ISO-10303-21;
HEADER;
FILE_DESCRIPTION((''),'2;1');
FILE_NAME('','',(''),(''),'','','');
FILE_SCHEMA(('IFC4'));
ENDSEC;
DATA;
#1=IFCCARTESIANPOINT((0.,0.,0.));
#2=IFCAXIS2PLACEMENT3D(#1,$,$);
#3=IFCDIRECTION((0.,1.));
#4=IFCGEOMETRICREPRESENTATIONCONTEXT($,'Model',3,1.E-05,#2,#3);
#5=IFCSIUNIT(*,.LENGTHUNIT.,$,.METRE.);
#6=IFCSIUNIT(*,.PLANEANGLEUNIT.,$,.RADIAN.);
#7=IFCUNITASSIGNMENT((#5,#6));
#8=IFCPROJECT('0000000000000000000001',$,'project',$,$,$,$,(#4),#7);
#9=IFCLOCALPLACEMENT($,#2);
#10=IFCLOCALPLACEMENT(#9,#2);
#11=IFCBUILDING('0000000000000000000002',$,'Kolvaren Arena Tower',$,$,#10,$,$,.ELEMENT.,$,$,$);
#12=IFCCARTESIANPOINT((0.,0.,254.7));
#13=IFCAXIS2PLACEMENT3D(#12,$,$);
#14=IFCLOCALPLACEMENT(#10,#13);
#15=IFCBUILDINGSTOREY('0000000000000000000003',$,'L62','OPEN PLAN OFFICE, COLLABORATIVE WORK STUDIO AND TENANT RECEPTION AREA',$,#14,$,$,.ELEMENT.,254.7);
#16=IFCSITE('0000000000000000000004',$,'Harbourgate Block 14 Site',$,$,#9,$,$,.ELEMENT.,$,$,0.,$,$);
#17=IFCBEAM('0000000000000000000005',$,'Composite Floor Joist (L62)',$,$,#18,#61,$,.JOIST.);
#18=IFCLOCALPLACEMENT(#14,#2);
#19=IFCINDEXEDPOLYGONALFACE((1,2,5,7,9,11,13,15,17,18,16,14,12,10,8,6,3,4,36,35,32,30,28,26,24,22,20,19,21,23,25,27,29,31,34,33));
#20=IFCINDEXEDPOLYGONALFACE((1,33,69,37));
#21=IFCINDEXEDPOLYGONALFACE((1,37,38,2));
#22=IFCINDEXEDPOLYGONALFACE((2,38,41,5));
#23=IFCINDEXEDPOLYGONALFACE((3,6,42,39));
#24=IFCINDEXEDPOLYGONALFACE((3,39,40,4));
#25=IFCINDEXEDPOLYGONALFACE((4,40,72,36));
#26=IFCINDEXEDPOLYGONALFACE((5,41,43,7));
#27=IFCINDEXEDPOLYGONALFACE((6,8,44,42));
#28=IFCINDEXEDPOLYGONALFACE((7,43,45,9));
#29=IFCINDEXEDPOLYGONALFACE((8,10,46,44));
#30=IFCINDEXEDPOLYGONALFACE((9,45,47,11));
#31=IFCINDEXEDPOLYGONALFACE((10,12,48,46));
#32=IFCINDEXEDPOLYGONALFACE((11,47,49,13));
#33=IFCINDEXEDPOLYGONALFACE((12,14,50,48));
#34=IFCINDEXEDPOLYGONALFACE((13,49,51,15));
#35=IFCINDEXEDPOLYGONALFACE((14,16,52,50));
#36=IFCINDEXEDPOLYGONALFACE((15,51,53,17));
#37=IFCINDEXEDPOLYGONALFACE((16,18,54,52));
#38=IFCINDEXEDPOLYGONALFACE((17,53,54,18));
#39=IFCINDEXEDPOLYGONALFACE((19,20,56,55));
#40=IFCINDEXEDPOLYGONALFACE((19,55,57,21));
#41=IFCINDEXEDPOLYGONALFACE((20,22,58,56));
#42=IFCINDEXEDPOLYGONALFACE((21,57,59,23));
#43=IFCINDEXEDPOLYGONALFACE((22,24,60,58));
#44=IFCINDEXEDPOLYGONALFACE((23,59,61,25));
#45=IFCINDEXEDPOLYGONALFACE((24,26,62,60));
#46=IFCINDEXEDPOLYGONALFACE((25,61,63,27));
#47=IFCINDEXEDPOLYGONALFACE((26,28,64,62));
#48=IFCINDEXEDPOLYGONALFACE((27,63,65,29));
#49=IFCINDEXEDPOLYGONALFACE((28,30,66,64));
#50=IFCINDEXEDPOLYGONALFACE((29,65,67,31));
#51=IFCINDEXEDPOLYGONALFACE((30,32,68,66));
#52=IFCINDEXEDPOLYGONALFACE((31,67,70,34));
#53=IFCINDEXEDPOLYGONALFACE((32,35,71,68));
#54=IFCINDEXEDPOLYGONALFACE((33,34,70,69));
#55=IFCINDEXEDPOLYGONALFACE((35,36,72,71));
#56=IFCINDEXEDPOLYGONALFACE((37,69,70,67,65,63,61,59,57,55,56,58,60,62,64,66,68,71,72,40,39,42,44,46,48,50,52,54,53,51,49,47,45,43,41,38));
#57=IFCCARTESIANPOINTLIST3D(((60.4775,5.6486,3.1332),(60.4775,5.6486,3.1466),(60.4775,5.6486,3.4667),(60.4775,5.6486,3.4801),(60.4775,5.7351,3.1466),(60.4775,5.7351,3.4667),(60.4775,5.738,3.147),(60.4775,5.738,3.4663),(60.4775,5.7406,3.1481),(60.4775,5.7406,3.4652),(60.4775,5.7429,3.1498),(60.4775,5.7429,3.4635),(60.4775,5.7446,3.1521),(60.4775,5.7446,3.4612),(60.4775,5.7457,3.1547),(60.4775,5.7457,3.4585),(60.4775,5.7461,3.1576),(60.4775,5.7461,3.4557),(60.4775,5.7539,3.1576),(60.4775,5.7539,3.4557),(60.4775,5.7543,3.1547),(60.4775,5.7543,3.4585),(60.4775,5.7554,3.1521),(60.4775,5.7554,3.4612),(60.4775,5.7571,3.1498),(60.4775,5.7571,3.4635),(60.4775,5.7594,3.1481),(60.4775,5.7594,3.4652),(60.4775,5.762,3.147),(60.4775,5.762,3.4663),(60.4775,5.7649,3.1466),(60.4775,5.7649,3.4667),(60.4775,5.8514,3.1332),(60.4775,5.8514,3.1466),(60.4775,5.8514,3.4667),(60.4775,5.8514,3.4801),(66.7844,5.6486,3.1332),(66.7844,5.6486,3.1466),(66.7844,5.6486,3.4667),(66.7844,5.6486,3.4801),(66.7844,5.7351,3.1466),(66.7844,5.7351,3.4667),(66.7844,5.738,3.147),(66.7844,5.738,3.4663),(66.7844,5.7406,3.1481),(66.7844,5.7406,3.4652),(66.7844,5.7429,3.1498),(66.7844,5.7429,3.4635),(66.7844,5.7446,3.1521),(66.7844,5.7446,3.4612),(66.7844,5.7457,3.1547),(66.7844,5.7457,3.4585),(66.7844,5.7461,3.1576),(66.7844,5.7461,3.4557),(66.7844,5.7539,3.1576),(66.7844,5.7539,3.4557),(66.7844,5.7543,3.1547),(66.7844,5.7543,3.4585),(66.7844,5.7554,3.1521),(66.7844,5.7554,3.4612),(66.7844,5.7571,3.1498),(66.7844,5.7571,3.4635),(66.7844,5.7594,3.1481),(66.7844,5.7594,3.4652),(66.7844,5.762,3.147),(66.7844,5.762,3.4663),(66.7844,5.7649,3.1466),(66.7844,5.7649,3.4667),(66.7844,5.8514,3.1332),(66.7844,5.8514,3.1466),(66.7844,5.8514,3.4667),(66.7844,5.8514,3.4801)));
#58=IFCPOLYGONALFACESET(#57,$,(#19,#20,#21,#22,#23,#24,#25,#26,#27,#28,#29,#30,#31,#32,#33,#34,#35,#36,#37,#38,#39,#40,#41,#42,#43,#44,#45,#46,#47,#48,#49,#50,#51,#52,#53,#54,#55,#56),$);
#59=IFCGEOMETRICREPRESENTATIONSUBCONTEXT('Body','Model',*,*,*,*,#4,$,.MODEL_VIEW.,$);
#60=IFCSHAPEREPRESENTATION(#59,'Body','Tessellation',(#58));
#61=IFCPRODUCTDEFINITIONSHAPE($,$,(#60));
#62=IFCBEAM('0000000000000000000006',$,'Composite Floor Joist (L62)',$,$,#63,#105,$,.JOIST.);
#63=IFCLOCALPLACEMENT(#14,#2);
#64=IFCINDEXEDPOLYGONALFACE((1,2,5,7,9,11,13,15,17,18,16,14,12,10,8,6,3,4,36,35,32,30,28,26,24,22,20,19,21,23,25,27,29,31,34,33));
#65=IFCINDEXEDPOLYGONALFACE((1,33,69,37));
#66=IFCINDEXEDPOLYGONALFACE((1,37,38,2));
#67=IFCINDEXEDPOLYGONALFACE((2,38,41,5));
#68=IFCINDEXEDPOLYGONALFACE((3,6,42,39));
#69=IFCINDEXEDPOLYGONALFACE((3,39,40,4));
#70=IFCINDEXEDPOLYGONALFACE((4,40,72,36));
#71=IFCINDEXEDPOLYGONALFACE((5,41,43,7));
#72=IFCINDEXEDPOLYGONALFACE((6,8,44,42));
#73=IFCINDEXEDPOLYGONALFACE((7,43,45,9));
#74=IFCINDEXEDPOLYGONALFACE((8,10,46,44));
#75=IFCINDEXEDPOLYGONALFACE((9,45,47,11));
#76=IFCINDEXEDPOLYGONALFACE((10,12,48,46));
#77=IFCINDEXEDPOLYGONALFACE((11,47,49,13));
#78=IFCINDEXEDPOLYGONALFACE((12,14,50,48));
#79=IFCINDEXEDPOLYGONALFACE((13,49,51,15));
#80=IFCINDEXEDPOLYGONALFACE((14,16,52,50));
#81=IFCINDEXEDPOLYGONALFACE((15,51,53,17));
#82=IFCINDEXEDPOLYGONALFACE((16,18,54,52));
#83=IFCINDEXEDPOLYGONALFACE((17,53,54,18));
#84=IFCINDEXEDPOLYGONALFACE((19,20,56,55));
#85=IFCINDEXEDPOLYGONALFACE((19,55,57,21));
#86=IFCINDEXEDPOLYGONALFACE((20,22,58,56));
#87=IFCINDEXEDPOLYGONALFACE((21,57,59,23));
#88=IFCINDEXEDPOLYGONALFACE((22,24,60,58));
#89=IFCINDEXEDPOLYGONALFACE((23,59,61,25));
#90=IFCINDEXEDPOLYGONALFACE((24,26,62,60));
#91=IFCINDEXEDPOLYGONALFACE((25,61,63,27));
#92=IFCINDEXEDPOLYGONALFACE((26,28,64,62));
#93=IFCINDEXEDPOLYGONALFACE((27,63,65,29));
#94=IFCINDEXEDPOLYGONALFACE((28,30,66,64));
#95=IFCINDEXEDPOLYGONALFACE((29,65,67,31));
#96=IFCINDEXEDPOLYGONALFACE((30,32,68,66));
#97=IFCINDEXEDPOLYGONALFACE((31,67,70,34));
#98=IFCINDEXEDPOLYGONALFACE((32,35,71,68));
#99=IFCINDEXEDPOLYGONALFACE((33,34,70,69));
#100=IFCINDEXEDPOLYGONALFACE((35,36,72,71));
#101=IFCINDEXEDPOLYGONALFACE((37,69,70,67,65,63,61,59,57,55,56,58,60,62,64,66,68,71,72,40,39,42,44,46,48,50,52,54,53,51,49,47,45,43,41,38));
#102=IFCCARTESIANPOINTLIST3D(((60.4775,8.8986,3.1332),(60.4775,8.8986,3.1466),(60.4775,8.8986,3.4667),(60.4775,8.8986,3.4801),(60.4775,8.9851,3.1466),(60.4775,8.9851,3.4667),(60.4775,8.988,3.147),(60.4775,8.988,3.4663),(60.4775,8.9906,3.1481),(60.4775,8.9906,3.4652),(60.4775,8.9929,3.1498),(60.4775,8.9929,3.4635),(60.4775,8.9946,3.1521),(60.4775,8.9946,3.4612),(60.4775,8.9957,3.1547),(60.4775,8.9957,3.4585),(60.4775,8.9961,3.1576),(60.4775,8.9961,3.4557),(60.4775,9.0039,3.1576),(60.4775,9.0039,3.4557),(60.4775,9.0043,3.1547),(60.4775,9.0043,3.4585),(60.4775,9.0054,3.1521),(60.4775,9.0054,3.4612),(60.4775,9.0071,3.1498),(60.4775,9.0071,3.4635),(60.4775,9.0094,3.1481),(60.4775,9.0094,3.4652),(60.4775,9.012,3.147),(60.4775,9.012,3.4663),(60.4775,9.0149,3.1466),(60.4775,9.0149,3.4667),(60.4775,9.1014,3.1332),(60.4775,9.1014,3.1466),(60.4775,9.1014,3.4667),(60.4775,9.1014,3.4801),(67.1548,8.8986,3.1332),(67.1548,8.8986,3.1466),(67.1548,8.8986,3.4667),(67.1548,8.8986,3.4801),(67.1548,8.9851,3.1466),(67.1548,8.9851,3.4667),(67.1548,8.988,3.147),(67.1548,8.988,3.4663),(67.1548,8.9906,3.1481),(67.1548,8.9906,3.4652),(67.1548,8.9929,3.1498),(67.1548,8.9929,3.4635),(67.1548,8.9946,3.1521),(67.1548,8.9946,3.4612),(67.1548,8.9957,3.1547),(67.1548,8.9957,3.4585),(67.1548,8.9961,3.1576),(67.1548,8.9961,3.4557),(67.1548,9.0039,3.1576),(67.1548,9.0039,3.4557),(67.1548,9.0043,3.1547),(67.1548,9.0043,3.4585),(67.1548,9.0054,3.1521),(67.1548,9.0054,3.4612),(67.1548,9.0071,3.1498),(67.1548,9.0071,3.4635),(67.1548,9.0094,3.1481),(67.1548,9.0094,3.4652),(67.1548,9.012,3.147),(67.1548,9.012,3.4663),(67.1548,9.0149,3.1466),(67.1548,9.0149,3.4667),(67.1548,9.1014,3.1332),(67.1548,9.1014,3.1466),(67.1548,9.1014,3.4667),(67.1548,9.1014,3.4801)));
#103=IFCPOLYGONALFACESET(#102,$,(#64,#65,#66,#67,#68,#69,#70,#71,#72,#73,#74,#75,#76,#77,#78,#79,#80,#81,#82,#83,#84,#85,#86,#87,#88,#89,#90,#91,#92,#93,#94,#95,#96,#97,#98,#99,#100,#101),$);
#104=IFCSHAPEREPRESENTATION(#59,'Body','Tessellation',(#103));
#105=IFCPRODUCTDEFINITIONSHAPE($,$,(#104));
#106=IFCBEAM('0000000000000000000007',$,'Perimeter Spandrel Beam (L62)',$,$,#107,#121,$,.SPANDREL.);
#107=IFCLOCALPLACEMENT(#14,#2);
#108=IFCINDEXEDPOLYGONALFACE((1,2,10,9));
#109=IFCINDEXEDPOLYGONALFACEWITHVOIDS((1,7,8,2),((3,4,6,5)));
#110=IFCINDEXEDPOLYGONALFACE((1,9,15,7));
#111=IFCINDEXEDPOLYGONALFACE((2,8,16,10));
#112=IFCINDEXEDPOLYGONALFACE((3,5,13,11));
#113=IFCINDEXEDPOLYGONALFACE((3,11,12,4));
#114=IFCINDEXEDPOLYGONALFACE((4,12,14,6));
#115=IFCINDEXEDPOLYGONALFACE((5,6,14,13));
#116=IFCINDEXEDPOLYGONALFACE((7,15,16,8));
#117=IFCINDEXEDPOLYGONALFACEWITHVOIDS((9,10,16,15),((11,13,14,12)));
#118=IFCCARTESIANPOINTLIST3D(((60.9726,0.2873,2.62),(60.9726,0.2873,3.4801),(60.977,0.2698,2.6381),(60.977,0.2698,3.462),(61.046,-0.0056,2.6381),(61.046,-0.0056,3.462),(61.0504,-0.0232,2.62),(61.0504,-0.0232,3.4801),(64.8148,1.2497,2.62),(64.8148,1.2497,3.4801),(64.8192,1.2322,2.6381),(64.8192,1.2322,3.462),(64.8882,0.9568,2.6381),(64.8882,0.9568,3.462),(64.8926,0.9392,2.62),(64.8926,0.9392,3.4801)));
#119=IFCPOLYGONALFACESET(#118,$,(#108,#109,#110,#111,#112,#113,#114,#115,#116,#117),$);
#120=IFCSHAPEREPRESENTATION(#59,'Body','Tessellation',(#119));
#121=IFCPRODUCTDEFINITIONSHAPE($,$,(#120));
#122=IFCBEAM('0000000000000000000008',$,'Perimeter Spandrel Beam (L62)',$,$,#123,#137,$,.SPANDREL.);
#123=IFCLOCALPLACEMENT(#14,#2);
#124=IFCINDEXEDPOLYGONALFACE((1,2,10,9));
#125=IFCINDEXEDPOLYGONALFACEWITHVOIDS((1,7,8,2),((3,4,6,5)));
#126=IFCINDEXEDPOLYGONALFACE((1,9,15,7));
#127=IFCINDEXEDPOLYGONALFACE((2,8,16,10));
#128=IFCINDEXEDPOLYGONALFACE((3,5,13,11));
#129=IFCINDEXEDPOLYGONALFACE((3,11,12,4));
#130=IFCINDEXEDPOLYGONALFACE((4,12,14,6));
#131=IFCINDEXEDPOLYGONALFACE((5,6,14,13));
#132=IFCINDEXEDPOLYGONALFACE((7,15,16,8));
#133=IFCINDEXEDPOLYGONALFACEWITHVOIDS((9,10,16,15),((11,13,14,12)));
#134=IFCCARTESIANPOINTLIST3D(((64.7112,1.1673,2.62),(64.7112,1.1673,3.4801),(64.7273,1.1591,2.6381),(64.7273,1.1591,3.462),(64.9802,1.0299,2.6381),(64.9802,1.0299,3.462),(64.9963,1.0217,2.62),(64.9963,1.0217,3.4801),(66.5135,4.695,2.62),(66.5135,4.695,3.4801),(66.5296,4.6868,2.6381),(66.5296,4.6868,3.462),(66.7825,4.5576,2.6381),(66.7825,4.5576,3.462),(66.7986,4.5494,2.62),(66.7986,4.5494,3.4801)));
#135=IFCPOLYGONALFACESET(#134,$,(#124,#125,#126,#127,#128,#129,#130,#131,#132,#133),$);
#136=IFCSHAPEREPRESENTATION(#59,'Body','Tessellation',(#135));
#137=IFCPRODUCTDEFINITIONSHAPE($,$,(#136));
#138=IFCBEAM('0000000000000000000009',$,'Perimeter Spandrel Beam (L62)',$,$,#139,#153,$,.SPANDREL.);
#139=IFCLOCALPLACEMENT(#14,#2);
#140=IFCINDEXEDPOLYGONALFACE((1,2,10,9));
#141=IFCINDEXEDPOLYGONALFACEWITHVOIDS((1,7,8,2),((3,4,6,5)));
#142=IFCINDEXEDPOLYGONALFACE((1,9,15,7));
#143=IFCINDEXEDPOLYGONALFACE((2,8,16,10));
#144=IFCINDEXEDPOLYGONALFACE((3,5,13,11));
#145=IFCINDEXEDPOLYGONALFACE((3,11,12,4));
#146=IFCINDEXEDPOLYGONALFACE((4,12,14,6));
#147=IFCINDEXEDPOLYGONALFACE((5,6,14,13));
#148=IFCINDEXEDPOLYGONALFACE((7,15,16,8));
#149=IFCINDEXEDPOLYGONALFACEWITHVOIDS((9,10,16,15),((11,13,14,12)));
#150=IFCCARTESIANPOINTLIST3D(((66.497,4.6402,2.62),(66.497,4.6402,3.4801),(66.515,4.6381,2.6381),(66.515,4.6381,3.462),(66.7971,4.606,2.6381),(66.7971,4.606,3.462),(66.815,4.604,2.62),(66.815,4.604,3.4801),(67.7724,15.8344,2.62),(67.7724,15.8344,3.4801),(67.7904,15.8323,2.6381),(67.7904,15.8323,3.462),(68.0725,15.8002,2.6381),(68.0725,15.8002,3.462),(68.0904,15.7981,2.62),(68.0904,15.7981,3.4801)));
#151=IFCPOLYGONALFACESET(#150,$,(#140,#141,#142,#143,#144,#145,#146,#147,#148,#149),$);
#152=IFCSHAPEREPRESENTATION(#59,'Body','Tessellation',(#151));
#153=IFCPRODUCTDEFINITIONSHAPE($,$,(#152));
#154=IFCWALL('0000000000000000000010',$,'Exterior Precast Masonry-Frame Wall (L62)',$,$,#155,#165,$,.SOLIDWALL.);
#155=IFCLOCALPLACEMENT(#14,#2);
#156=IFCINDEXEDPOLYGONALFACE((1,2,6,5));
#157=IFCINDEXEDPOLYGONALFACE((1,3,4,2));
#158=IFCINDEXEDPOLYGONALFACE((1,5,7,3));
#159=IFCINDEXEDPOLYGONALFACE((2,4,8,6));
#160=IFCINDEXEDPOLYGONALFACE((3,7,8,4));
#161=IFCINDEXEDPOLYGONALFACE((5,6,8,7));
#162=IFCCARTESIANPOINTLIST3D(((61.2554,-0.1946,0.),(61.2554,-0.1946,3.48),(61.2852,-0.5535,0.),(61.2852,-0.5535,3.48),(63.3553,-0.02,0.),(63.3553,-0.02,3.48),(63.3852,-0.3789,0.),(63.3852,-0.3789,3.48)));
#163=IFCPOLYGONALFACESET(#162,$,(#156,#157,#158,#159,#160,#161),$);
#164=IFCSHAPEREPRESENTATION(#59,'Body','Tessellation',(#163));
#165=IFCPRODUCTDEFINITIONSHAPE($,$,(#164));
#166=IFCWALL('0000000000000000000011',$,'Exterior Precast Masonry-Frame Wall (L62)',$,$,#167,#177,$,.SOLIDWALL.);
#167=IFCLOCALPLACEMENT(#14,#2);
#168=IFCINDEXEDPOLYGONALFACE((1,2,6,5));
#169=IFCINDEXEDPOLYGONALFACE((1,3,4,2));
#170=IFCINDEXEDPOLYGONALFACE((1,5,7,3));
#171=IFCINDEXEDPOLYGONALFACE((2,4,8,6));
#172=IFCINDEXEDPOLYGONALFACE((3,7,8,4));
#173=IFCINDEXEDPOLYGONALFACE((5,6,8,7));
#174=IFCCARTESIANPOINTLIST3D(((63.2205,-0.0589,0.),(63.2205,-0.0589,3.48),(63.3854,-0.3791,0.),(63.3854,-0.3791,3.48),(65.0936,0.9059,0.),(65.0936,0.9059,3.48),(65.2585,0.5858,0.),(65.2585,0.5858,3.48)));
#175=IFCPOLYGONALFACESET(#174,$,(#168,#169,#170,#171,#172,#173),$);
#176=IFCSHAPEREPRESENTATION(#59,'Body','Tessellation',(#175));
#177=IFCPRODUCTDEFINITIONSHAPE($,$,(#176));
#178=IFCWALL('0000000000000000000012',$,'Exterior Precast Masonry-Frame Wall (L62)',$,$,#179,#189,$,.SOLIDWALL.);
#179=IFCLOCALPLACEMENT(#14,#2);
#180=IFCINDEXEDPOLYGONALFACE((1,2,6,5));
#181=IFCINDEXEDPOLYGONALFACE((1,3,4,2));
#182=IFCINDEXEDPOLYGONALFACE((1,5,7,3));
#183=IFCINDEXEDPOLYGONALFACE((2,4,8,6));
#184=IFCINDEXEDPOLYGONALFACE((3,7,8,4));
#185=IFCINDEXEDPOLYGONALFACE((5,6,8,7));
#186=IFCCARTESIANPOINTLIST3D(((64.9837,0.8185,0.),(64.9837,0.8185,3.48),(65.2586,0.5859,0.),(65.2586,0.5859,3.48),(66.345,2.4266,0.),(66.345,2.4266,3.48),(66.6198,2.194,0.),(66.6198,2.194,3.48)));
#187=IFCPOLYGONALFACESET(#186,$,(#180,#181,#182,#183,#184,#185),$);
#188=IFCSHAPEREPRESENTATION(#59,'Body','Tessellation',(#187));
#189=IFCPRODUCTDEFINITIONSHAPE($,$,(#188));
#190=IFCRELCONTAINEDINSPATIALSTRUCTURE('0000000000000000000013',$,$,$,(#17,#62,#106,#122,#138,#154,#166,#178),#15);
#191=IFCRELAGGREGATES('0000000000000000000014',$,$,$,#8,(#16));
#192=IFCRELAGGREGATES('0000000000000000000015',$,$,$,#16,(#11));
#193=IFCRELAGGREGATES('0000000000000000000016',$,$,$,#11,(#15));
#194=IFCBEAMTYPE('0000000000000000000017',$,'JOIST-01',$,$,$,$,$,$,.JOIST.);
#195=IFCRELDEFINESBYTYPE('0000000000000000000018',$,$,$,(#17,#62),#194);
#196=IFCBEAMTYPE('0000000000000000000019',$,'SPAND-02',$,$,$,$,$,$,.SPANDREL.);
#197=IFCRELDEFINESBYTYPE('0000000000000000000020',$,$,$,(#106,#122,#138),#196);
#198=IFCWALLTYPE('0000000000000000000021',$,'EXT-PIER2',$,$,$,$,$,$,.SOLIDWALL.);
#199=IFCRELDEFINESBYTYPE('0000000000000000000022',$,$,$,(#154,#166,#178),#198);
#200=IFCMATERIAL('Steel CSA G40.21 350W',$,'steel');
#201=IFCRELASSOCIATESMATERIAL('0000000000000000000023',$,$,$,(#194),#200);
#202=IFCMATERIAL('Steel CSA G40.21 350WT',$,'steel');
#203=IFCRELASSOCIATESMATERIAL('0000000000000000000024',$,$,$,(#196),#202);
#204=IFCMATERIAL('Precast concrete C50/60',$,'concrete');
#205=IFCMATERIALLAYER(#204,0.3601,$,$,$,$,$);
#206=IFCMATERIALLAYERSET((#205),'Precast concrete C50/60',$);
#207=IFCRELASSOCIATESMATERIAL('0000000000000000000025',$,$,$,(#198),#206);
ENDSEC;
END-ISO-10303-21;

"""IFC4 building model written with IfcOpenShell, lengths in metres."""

from ifc_helpers import new_model, si_unit, direction, frame, frame_2d, origin, origin_2d, place, context, subcontext, project, spatial, rectangle, hollow_rectangle, i_section, extrude, material, layer, layer_set, material_profile, profile_set, type_object, element, save


model = new_model("IFC4")

# Units and contexts
model_context = context("Model", 3, precision=1e-05, world=origin(), true_north=direction((0.0, 1.0)))
body_context = subcontext(model_context, "Body", "Model", "MODEL_VIEW")
ifc_project = project(units=[si_unit("LENGTHUNIT", "METRE"), si_unit("PLANEANGLEUNIT", "RADIAN")], contexts=[model_context])

# Site, building, storey
site_placement = place(None, origin())
site = spatial("IfcSite", under=ifc_project, at=site_placement, Name="Harbourgate Block 14 Site", CompositionType="ELEMENT", RefElevation=0.0)
building_placement = place(site_placement, origin())
building = spatial("IfcBuilding", under=site, at=building_placement, Name="Kolvaren Arena Tower", CompositionType="ELEMENT")
storey_placement = place(building_placement, frame((0.0, 0.0, 254.7)))
storey = spatial("IfcBuildingStorey", under=building, at=storey_placement, Name="L62", Description="OPEN PLAN OFFICE, COLLABORATIVE WORK STUDIO AND TENANT RECEPTION AREA", CompositionType="ELEMENT", Elevation=254.7)

# Beams
ifc_material_1 = material(Name="Steel CSA G40.21 350W", Category="steel")
ifc_material_profile_1 = material_profile(ifc_material_1, i_section(OverallWidth=0.2029, OverallDepth=0.3469, WebThickness=0.0078, FlangeThickness=0.0134, FilletRadius=0.011, at=origin_2d()), Name="W360x64")
ifc_profile_set_1 = profile_set([ifc_material_profile_1], Name="Steel CSA G40.21 350W")
beam_type_1 = type_object("IfcBeamType", Name="JOIST-01", PredefinedType="JOIST", material=ifc_profile_set_1)
beam_1_placement = place(storey_placement, frame((60.4775, 5.75, 3.3066), z_axis=(1.0, 0.0, 0.0), x_axis=(0.0, 1.0, 0.0)))
element("IfcBeam", 1, at=beam_1_placement, inside=storey, type_object=beam_type_1, Name="Composite Floor Joist (L62)", PredefinedType="JOIST", context=body_context, shape_type="SweptSolid", body=[
    extrude(i_section(OverallWidth=0.2029, OverallDepth=0.3469, WebThickness=0.0078, FlangeThickness=0.0134, FilletRadius=0.011, at=origin_2d()), origin(), (0.0, 0.0, 1.0), 6.3069),
])
beam_2_placement = place(storey_placement, frame((60.4775, 9.0, 3.3066), z_axis=(1.0, 0.0, 0.0), x_axis=(0.0, 1.0, 0.0)))
element("IfcBeam", 2, at=beam_2_placement, inside=storey, type_object=beam_type_1, Name="Composite Floor Joist (L62)", PredefinedType="JOIST", context=body_context, shape_type="SweptSolid", body=[
    extrude(i_section(OverallWidth=0.2029, OverallDepth=0.3469, WebThickness=0.0078, FlangeThickness=0.0134, FilletRadius=0.011, at=origin_2d()), origin(), (0.0, 0.0, 1.0), 6.6772),
])
ifc_material_2 = material(Name="Steel CSA G40.21 350WT", Category="steel")
ifc_material_profile_2 = material_profile(ifc_material_2, hollow_rectangle(XDim=0.3201, YDim=0.8601, WallThickness=0.0181, at=origin_2d()), Name="HSS 860x320x18")
ifc_profile_set_2 = profile_set([ifc_material_profile_2], Name="Steel CSA G40.21 350WT")
beam_type_2 = type_object("IfcBeamType", Name="SPAND-02", PredefinedType="SPANDREL", material=ifc_profile_set_2)
beam_3_placement = place(storey_placement, frame((61.0115, 0.1321, 3.05), z_axis=(0.970034, 0.242971, 0.0), x_axis=(-0.242971, 0.970034, 0.0)))
element("IfcBeam", 3, at=beam_3_placement, inside=storey, type_object=beam_type_2, Name="Perimeter Spandrel Beam (L62)", PredefinedType="SPANDREL", context=body_context, shape_type="SweptSolid", body=[
    extrude(hollow_rectangle(XDim=0.3201, YDim=0.8601, WallThickness=0.0181, at=origin_2d()), origin(), (0.0, 0.0, 1.0), 3.9609),
])
beam_4_placement = place(storey_placement, frame((64.8538, 1.0945, 3.05), z_axis=(0.454962, 0.890511, 0.0), x_axis=(-0.890511, 0.454962, 0.0)))
element("IfcBeam", 4, at=beam_4_placement, inside=storey, type_object=beam_type_2, Name="Perimeter Spandrel Beam (L62)", PredefinedType="SPANDREL", context=body_context, shape_type="SweptSolid", body=[
    extrude(hollow_rectangle(XDim=0.3201, YDim=0.8601, WallThickness=0.0181, at=origin_2d()), origin(), (0.0, 0.0, 1.0), 3.9614),
])
beam_5_placement = place(storey_placement, frame((66.656, 4.6221, 3.05), z_axis=(0.113202, 0.993572, 0.0), x_axis=(-0.993572, 0.113202, 0.0)))
element("IfcBeam", 5, at=beam_5_placement, inside=storey, type_object=beam_type_2, Name="Perimeter Spandrel Beam (L62)", PredefinedType="SPANDREL", context=body_context, shape_type="SweptSolid", body=[
    extrude(hollow_rectangle(XDim=0.3201, YDim=0.8601, WallThickness=0.0181, at=origin_2d()), origin(), (0.0, 0.0, 1.0), 11.2666),
])

# Walls
ifc_material_3 = material(Name="Precast concrete C50/60", Category="concrete")
ifc_layer_1 = layer(ifc_material_3, 0.3601)
ifc_layer_set_1 = layer_set([ifc_layer_1], Name="Precast concrete C50/60")
wall_type_1 = type_object("IfcWallType", Name="EXT-PIER2", PredefinedType="SOLIDWALL", material=ifc_layer_set_1)
wall_1_placement = place(storey_placement, frame((63.3704, -0.1995, 0.0), z_axis=(0.0, 0.0, 1.0), x_axis=(-0.996563, -0.082844, 0.0)))
element("IfcWall", 6, at=wall_1_placement, inside=storey, type_object=wall_type_1, Name="Exterior Precast Masonry-Frame Wall (L62)", PredefinedType="SOLIDWALL", context=body_context, shape_type="SweptSolid", body=[
    extrude(rectangle(XDim=2.1072, YDim=0.3601, at=frame_2d((1.0537, 0.0))), origin(), (0.0, 0.0, 1.0), 3.48),
])
for number, where, z_axis, x_axis, name in (
    (7, (65.176, 0.7458, 0.0), (0.0, 0.0, 1.0), (-0.888986, -0.457934, 0.0), "Exterior Precast Masonry-Frame Wall (L62)"),
    (8, (66.4824, 2.3103, 0.0), (0.0, 0.0, 1.0), (-0.646103, -0.76325, 0.0), "Exterior Precast Masonry-Frame Wall (L62)"),
):
    element("IfcWall", number, at=place(storey_placement, frame(where, z_axis=z_axis, x_axis=x_axis)), inside=storey, type_object=wall_type_1, Name=name, PredefinedType="SOLIDWALL", context=body_context, shape_type="SweptSolid", body=[
        extrude(rectangle(XDim=2.1069, YDim=0.3601, at=frame_2d((1.0535, 0.0))), origin(), (0.0, 0.0, 1.0), 3.48),
    ])

save(model, "model.ifc")
